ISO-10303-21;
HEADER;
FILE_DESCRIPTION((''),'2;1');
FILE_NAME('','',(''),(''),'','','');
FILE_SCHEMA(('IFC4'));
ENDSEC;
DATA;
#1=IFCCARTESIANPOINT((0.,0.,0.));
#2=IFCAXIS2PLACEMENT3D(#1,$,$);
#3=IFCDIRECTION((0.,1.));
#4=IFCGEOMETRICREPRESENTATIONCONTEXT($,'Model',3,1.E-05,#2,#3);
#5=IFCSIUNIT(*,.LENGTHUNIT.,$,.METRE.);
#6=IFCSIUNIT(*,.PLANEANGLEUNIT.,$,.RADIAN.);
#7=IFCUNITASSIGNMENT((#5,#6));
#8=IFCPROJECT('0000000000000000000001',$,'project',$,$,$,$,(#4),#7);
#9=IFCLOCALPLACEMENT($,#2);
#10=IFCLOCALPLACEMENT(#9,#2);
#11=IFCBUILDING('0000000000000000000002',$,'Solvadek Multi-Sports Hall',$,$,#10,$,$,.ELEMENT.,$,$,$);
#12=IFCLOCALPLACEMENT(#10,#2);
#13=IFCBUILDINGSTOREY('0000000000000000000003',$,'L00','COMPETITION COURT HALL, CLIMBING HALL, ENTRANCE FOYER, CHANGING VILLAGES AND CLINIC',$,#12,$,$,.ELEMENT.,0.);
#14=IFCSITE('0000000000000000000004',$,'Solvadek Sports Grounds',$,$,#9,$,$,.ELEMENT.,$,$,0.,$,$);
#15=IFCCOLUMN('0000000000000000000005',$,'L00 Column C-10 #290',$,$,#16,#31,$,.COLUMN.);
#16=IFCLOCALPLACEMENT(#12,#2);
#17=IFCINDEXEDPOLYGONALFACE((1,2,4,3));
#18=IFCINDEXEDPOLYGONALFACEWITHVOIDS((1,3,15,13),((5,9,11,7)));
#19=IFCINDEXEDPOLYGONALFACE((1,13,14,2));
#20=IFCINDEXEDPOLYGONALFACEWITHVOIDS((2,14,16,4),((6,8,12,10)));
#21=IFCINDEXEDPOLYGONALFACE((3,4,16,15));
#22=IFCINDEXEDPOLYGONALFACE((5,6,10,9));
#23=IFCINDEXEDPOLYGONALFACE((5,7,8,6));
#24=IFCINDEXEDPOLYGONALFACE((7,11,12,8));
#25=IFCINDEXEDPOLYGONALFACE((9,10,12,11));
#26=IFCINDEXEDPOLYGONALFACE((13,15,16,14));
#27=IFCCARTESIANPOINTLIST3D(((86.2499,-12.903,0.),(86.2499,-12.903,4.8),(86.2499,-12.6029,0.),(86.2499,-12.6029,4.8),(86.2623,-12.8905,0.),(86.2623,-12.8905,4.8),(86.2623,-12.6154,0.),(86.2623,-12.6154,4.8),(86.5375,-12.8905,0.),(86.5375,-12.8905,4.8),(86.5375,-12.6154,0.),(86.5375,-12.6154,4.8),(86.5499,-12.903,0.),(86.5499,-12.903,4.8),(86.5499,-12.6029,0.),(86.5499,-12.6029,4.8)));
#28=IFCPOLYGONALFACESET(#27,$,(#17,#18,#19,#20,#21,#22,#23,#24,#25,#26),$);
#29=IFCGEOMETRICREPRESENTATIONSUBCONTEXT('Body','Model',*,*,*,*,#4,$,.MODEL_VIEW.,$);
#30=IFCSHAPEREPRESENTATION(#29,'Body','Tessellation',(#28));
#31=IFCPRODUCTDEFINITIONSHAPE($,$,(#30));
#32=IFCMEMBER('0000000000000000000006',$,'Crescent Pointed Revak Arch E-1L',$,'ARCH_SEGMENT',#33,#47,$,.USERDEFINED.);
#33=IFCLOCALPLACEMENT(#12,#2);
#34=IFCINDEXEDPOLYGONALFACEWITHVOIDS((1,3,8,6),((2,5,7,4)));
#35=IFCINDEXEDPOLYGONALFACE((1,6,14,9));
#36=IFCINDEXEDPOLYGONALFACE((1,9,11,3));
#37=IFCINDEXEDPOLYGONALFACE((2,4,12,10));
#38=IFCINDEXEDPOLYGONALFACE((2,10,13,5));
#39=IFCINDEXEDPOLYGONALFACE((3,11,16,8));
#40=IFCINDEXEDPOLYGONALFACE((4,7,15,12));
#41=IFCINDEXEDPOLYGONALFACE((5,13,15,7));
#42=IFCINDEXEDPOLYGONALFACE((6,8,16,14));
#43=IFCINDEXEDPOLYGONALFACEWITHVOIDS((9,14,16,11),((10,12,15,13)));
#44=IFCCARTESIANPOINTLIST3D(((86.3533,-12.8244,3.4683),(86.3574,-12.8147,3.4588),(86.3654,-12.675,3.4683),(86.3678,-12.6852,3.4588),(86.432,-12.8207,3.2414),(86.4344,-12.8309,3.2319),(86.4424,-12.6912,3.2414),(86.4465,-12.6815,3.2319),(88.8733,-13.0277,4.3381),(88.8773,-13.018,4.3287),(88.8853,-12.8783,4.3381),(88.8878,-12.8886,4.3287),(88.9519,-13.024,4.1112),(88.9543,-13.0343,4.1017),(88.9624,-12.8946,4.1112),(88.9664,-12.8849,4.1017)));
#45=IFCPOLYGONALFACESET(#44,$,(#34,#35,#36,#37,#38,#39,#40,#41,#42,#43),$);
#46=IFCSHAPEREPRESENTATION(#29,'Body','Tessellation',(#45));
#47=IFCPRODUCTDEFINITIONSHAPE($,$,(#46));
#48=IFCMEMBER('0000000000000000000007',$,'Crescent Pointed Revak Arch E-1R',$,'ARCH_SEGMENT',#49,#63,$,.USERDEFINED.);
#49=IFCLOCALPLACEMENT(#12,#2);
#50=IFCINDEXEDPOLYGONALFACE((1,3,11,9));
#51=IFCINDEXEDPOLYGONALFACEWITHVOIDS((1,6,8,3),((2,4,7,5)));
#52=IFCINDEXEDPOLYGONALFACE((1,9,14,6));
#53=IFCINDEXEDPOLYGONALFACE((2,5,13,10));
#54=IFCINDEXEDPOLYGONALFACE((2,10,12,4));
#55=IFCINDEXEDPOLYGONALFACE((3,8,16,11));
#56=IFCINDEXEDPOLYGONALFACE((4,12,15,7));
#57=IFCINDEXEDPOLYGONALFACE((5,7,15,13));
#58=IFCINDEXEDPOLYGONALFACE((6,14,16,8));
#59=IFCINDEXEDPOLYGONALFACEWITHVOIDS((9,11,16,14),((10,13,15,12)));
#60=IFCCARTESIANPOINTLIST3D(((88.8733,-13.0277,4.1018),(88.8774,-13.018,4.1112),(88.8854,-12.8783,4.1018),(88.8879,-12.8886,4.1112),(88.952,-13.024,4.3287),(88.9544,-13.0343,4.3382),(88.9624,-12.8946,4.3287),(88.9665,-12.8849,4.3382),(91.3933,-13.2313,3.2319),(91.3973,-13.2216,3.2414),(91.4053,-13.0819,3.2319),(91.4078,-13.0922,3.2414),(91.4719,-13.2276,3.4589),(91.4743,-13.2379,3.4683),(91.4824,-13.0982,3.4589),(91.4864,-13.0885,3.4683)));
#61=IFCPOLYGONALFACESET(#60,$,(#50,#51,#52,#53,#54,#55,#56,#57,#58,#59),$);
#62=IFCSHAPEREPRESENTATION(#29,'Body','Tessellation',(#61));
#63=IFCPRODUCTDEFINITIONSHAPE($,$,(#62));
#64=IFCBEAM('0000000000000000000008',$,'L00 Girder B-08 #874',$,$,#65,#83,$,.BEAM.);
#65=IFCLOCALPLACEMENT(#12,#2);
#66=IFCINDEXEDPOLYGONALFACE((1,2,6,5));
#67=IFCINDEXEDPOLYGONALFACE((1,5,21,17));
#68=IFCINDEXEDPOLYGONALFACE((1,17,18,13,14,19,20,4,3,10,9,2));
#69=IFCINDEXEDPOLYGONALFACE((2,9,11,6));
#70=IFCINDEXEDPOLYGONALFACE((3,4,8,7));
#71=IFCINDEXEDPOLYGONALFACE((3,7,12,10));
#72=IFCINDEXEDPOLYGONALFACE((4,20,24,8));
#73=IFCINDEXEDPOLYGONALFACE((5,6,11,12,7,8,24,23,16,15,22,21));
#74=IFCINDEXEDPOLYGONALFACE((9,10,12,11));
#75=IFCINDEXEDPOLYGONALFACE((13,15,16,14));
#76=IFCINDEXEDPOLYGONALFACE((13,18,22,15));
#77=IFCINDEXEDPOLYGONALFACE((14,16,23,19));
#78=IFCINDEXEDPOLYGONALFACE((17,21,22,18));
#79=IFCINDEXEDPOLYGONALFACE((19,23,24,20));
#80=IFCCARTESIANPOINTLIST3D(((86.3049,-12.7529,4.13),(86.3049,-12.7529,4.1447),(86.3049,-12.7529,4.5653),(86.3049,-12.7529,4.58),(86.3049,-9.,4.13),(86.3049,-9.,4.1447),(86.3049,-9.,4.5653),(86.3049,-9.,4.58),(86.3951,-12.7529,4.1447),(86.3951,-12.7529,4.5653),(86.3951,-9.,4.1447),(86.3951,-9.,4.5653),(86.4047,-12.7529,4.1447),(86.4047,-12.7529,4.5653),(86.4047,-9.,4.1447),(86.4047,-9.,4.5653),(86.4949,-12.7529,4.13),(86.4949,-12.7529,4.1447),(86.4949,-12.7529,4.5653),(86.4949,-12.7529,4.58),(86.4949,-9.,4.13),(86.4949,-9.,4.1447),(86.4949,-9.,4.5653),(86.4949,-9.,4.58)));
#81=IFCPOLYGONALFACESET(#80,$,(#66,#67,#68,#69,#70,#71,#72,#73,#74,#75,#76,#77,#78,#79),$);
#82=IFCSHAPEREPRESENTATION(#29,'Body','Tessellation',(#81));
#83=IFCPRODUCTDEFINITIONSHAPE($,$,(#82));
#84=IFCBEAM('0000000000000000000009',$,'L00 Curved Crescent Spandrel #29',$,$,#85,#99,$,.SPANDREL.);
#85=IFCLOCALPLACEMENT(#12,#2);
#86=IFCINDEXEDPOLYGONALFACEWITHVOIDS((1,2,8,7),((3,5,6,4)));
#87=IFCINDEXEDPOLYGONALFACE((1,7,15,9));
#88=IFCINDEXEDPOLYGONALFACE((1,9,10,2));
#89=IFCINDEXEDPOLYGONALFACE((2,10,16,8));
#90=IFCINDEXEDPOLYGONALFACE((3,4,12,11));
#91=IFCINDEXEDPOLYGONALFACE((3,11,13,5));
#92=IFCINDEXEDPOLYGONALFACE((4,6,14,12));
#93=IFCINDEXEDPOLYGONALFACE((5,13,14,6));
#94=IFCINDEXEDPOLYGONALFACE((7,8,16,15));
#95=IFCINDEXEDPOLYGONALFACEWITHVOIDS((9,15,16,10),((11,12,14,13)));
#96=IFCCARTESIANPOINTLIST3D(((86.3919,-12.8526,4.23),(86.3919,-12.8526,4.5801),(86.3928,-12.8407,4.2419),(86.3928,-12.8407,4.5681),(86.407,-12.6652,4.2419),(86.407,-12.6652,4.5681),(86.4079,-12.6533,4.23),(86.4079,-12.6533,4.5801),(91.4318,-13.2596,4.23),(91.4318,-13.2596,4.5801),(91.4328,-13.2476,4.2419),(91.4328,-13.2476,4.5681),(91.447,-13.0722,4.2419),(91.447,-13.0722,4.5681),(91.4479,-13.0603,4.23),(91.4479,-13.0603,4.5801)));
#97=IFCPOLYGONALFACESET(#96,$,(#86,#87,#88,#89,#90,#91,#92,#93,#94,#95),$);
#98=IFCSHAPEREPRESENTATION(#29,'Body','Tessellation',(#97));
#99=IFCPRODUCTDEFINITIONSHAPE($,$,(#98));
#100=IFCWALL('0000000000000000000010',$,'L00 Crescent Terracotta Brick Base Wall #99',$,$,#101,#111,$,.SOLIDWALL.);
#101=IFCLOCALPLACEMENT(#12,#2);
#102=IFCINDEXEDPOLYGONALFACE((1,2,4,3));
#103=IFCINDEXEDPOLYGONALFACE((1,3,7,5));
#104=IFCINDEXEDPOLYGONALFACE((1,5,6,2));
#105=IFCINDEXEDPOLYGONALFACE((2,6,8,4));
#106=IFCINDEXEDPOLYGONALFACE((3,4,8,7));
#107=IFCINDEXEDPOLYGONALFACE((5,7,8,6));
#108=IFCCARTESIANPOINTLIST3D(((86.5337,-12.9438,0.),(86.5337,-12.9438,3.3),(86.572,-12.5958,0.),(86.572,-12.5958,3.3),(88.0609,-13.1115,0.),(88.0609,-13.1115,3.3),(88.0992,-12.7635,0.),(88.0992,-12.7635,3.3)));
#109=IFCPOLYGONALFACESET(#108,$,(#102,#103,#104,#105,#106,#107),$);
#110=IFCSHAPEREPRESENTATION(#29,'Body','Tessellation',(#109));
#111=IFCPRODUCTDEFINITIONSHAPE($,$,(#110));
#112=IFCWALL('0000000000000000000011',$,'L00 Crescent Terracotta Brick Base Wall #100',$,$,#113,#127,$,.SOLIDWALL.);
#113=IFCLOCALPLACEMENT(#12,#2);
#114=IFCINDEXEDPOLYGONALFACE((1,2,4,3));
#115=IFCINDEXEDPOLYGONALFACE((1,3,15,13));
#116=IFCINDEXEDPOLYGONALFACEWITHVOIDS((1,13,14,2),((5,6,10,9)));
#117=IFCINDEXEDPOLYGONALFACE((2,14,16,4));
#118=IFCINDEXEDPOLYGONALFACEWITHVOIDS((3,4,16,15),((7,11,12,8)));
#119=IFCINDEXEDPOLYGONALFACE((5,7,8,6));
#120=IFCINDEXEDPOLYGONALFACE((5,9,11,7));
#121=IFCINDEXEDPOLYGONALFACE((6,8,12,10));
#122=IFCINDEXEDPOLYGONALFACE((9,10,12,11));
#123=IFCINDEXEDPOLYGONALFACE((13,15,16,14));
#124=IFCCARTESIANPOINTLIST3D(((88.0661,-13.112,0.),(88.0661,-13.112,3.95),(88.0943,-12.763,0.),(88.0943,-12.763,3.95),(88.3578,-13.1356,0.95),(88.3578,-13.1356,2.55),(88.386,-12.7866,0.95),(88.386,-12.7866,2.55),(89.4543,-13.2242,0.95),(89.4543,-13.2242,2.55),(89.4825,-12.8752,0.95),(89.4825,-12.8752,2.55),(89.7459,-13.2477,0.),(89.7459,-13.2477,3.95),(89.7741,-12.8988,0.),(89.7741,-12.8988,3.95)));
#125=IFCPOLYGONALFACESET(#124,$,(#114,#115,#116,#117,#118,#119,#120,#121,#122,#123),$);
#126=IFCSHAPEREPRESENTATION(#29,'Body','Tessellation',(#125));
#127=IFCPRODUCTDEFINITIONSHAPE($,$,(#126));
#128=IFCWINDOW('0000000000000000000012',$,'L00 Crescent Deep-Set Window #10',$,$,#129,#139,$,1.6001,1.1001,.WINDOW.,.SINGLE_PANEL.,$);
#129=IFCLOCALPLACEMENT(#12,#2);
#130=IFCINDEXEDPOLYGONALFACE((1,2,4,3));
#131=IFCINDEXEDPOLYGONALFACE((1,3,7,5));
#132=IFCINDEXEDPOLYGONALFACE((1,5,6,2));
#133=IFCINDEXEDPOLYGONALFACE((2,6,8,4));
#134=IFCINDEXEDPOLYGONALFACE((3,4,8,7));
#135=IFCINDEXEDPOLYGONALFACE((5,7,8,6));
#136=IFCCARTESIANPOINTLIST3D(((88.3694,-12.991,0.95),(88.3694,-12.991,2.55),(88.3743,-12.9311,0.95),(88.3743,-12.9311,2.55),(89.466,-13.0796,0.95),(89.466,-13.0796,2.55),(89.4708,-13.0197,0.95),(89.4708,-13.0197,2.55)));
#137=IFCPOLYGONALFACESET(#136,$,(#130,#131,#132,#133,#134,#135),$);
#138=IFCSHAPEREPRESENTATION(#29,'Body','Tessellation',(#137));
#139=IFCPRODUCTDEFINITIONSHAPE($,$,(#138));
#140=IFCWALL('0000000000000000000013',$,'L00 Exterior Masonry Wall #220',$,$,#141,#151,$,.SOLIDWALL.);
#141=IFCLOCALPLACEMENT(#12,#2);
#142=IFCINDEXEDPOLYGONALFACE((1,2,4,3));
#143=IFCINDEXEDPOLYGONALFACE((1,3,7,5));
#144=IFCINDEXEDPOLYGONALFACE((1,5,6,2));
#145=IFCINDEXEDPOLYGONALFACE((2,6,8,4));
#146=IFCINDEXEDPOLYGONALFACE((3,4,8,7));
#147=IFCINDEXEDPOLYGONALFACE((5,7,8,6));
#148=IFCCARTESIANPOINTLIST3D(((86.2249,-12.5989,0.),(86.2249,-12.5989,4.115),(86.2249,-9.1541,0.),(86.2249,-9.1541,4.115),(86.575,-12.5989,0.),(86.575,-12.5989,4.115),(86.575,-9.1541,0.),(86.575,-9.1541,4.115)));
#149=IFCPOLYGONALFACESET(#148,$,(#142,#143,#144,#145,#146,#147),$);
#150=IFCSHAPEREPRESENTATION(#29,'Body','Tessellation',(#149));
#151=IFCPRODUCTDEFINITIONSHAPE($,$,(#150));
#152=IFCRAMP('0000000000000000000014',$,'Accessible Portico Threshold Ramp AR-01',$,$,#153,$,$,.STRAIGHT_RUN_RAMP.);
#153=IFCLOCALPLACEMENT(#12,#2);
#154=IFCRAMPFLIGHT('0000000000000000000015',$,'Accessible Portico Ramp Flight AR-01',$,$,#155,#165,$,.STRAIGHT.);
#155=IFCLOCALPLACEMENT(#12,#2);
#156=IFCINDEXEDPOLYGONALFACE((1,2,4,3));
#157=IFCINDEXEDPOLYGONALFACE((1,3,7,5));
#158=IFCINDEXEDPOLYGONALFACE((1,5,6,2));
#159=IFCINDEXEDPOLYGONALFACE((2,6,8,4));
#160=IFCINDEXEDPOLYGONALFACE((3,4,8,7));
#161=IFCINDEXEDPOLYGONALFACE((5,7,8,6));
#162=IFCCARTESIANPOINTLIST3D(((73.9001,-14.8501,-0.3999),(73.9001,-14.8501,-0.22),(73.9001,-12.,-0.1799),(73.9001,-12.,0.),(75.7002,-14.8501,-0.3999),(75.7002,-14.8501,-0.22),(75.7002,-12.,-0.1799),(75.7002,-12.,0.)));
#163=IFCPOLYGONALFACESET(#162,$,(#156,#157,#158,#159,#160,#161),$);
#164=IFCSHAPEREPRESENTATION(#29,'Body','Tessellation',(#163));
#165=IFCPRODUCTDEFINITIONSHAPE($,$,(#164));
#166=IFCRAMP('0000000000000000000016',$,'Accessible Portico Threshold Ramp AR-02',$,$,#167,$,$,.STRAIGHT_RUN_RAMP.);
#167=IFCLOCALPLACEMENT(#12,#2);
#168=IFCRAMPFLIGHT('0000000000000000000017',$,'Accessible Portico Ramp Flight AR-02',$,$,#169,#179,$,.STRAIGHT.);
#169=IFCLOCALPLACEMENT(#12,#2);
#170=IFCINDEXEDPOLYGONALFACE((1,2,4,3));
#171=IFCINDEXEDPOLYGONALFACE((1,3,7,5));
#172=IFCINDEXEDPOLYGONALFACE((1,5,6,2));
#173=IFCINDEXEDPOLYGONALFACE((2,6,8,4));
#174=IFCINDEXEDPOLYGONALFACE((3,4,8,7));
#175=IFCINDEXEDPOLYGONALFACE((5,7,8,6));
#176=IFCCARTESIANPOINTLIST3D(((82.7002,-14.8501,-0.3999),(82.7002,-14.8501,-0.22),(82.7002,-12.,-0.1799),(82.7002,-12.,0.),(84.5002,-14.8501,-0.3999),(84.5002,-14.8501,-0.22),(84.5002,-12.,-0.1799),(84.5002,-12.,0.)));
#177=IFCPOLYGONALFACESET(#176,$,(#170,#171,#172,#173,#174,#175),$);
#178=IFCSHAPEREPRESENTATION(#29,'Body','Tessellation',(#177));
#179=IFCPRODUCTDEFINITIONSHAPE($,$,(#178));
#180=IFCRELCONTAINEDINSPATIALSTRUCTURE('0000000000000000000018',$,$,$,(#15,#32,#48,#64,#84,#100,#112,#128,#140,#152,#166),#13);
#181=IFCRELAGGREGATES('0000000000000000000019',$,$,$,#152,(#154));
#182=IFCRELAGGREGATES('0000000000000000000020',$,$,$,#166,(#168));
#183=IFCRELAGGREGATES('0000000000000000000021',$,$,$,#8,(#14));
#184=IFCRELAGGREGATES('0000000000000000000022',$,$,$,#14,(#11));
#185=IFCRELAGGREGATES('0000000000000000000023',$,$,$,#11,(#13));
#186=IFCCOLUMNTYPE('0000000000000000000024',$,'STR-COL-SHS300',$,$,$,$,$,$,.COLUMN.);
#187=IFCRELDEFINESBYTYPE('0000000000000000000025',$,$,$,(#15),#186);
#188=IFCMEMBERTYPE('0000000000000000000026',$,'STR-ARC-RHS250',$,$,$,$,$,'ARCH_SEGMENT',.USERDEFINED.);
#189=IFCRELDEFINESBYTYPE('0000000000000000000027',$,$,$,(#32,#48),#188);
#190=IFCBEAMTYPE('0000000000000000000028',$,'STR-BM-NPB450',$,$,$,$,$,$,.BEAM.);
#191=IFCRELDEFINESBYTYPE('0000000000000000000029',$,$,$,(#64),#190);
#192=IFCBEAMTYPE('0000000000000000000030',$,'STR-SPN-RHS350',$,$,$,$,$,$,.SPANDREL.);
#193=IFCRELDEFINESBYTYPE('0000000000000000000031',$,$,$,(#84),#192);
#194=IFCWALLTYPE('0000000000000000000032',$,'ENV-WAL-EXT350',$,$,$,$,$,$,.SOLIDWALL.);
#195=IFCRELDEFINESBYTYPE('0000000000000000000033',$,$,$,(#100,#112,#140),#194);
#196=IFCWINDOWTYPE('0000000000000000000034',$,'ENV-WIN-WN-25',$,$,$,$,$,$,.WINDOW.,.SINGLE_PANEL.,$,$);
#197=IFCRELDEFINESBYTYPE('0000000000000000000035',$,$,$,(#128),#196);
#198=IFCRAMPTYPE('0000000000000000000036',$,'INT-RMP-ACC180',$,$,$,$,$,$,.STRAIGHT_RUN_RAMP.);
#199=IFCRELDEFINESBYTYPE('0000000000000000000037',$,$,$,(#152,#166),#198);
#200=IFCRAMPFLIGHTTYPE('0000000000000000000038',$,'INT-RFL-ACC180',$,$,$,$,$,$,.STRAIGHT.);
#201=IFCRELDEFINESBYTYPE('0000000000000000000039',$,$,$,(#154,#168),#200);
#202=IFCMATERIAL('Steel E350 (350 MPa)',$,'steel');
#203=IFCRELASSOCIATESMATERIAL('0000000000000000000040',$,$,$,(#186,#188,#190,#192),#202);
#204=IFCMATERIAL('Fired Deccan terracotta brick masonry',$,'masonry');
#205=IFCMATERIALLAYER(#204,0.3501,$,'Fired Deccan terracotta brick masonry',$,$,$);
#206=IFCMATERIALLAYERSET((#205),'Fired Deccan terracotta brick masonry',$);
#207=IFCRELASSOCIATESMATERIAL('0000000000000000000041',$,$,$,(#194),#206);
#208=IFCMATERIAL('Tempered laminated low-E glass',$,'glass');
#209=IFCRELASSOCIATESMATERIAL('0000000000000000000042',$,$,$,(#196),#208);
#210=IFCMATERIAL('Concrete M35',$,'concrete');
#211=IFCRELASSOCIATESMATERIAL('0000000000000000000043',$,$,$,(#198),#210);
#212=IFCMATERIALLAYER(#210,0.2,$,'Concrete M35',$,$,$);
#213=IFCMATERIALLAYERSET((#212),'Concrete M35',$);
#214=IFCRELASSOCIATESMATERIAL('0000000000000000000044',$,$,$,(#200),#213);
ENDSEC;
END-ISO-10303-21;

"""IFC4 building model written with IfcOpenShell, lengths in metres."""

from ifc_helpers import new_model, si_unit, direction, frame, frame_2d, origin, origin_2d, place, context, subcontext, project, spatial, polyline, rectangle, hollow_rectangle, i_section, outline, extrude, material, layer, layer_set, material_profile, profile_set, type_object, element, fill, aggregate, save


model = new_model("IFC4")

# Units and contexts
model_context = context("Model", 3, precision=1e-05, world=origin(), true_north=direction((0.0, 1.0)))
body_context = subcontext(model_context, "Body", "Model", "MODEL_VIEW")
ifc_project = project(units=[si_unit("LENGTHUNIT", "METRE"), si_unit("PLANEANGLEUNIT", "RADIAN")], contexts=[model_context])

# Site, building, storey
site_placement = place(None, origin())
site = spatial("IfcSite", under=ifc_project, at=site_placement, Name="Solvadek Sports Grounds", CompositionType="ELEMENT", RefElevation=0.0)
building_placement = place(site_placement, origin())
building = spatial("IfcBuilding", under=site, at=building_placement, Name="Solvadek Multi-Sports Hall", CompositionType="ELEMENT")
storey_placement = place(building_placement, origin())
storey = spatial("IfcBuildingStorey", under=building, at=storey_placement, Name="L00", Description="COMPETITION COURT HALL, CLIMBING HALL, ENTRANCE FOYER, CHANGING VILLAGES AND CLINIC", CompositionType="ELEMENT", Elevation=0.0)

# Column
ifc_material_1 = material(Name="Steel E350 (350 MPa)", Category="steel")
ifc_material_profile_1 = material_profile(ifc_material_1, hollow_rectangle(XDim=0.3, YDim=0.3, WallThickness=0.0125, at=origin_2d()), Name="SHS 300x300x12.5")
ifc_profile_set_1 = profile_set([ifc_material_profile_1], Name="Steel E350 (350 MPa)")
column_type = type_object("IfcColumnType", Name="STR-COL-SHS300", PredefinedType="COLUMN", material=ifc_profile_set_1)
column_placement = place(storey_placement, frame((86.3999, -12.7529, 0.0), z_axis=(0.0, 0.0, 1.0), x_axis=(1.0, 0.0, 0.0)))
element("IfcColumn", 1, at=column_placement, inside=storey, type_object=column_type, Name="L00 Column C-10 #290", PredefinedType="COLUMN", context=body_context, shape_type="SweptSolid", body=[
    extrude(hollow_rectangle(XDim=0.3, YDim=0.3, WallThickness=0.0125, at=origin_2d()), origin(), (0.0, 0.0, 1.0), 4.8),
])

# Members
ifc_material_profile_2 = material_profile(ifc_material_1, hollow_rectangle(XDim=0.1499, YDim=0.25, WallThickness=0.01, at=origin_2d()), Name="RHS 250x150x10")
ifc_profile_set_2 = profile_set([ifc_material_profile_2], Name="Steel E350 (350 MPa)")
member_type = type_object("IfcMemberType", Name="STR-ARC-RHS250", ElementType="ARCH_SEGMENT", PredefinedType="USERDEFINED", material=ifc_profile_set_2)
for number, where, z_axis, x_axis, name in (
    (2, (86.3999, -12.7529, 3.3501), (0.94253, -0.076064, 0.325347), (0.08044, 0.996759, 0.0), "Crescent Pointed Revak Arch E-1L"),
    (3, (88.9199, -12.9563, 4.22), (0.942524, -0.076154, -0.325345), (0.080536, 0.996752, 0.0), "Crescent Pointed Revak Arch E-1R"),
):
    element("IfcMember", number, at=place(storey_placement, frame(where, z_axis=z_axis, x_axis=x_axis)), inside=storey, type_object=member_type, Name=name, ObjectType="ARCH_SEGMENT", PredefinedType="USERDEFINED", context=body_context, shape_type="SweptSolid", body=[
        extrude(hollow_rectangle(XDim=0.1499, YDim=0.25, WallThickness=0.01, at=origin_2d()), origin(), (0.0, 0.0, 1.0), 2.6736),
    ])

# Beams
ifc_material_profile_3 = material_profile(ifc_material_1, i_section(OverallWidth=0.1899, OverallDepth=0.45, WebThickness=0.0095, FlangeThickness=0.0146, at=origin_2d()), Name="NPB 450")
ifc_profile_set_3 = profile_set([ifc_material_profile_3], Name="Steel E350 (350 MPa)")
beam_type_1 = type_object("IfcBeamType", Name="STR-BM-NPB450", PredefinedType="BEAM", material=ifc_profile_set_3)
beam_1_placement = place(storey_placement, frame((86.3999, -12.7529, 4.355), z_axis=(0.0, 1.0, 0.0), x_axis=(-1.0, 0.0, 0.0)))
element("IfcBeam", 4, at=beam_1_placement, inside=storey, type_object=beam_type_1, Name="L00 Girder B-08 #874", PredefinedType="BEAM", context=body_context, shape_type="SweptSolid", body=[
    extrude(i_section(OverallWidth=0.1899, OverallDepth=0.45, WebThickness=0.0095, FlangeThickness=0.0146, at=origin_2d()), origin(), (0.0, 0.0, 1.0), 3.7529),
])
ifc_material_profile_4 = material_profile(ifc_material_1, hollow_rectangle(XDim=0.2, YDim=0.3501, WallThickness=0.012, at=origin_2d()), Name="RHS 350x200x12")
ifc_profile_set_4 = profile_set([ifc_material_profile_4], Name="Steel E350 (350 MPa)")
beam_type_2 = type_object("IfcBeamType", Name="STR-SPN-RHS350", PredefinedType="SPANDREL", material=ifc_profile_set_4)
beam_2_placement = place(storey_placement, frame((86.3999, -12.7529, 4.405), z_axis=(0.996756, -0.080488, 0.0), x_axis=(0.080488, 0.996756, 0.0)))
element("IfcBeam", 5, at=beam_2_placement, inside=storey, type_object=beam_type_2, Name="L00 Curved Crescent Spandrel #29", PredefinedType="SPANDREL", context=body_context, shape_type="SweptSolid", body=[
    extrude(hollow_rectangle(XDim=0.2, YDim=0.3501, WallThickness=0.012, at=origin_2d()), origin(), (0.0, 0.0, 1.0), 5.0564),
])

# Wall
ifc_material_2 = material(Name="Fired Deccan terracotta brick masonry", Category="masonry")
ifc_layer_1 = layer(ifc_material_2, 0.3501, Name="Fired Deccan terracotta brick masonry")
ifc_layer_set_1 = layer_set([ifc_layer_1], Name="Fired Deccan terracotta brick masonry")
wall_type = type_object("IfcWallType", Name="ENV-WAL-EXT350", PredefinedType="SOLIDWALL", material=ifc_layer_set_1)
wall_1_placement = place(storey_placement, frame((86.553, -12.7698, 0.0), z_axis=(0.0, 0.0, 1.0), x_axis=(0.994022, -0.109176, 0.0)))
element("IfcWall", 6, at=wall_1_placement, inside=storey, type_object=wall_type, Name="L00 Crescent Terracotta Brick Base Wall #99", PredefinedType="SOLIDWALL", context=body_context, shape_type="SweptSolid", body=[
    extrude(rectangle(XDim=1.5364, YDim=0.3501, at=frame_2d((0.7681, 0.0))), origin(), (0.0, 0.0, 1.0), 3.3),
])

# Wall, opening, window
wall_2_placement = place(storey_placement, frame((88.0801, -12.9375, 0.0), z_axis=(0.0, 0.0, 1.0), x_axis=(0.996751, -0.08054, 0.0)))
wall_2 = element("IfcWall", 7, at=wall_2_placement, inside=storey, type_object=wall_type, Name="L00 Crescent Terracotta Brick Base Wall #100", PredefinedType="SOLIDWALL", context=body_context, shape_type="SweptSolid", body=[
    extrude(rectangle(XDim=1.6853, YDim=0.3501, at=frame_2d((0.8428, 0.0))), origin(), (0.0, 0.0, 1.0), 3.95),
])
opening_placement = place(wall_2_placement, frame((0.2927, 0.0, 0.95)))
opening = element("IfcOpeningElement", 8, at=opening_placement, cuts=wall_2, PredefinedType="OPENING", context=body_context, shape_type="SweptSolid", body=[
    extrude(rectangle(XDim=1.1001, YDim=1.6001, at=frame_2d((0.55, 0.8))), frame((0.0, 0.1851, 0.0), z_axis=(0.0, -1.0, 0.0), x_axis=(1.0, 0.0, 0.0)), (0.0, 0.0, 1.0), 0.3701),
])
ifc_material_3 = material(Name="Tempered laminated low-E glass", Category="glass")
window_type = type_object("IfcWindowType", Name="ENV-WIN-WN-25", PartitioningType="SINGLE_PANEL", PredefinedType="WINDOW", material=ifc_material_3)
window_placement = place(opening_placement, origin())
window = element("IfcWindow", 9, at=window_placement, inside=storey, type_object=window_type, Name="L00 Crescent Deep-Set Window #10", OverallHeight=1.6001, OverallWidth=1.1001, PartitioningType="SINGLE_PANEL", PredefinedType="WINDOW", context=body_context, shape_type="SweptSolid", body=[
    extrude(rectangle(XDim=1.1001, YDim=1.6001, at=frame_2d((0.55, 0.8))), frame((0.0, 0.03, 0.0), z_axis=(0.0, -1.0, 0.0), x_axis=(1.0, 0.0, 0.0)), (0.0, 0.0, 1.0), 0.0601),
])
fill(opening, window)

# Wall
wall_3_placement = place(storey_placement, frame((86.3999, -12.5989, 0.0), z_axis=(0.0, 0.0, 1.0), x_axis=(0.0, 1.0, 0.0)))
element("IfcWall", 10, at=wall_3_placement, inside=storey, type_object=wall_type, Name="L00 Exterior Masonry Wall #220", PredefinedType="SOLIDWALL", context=body_context, shape_type="SweptSolid", body=[
    extrude(rectangle(XDim=3.4448, YDim=0.3501, at=frame_2d((1.7224, 0.0))), origin(), (0.0, 0.0, 1.0), 4.115),
])

# Ramps, ramp flights
ifc_material_4 = material(Name="Concrete M35", Category="concrete")
ramp_type = type_object("IfcRampType", Name="INT-RMP-ACC180", PredefinedType="STRAIGHT_RUN_RAMP", material=ifc_material_4)
ramp_1_placement = place(storey_placement, origin())
ramp_1 = element("IfcRamp", 11, at=ramp_1_placement, inside=storey, type_object=ramp_type, Name="Accessible Portico Threshold Ramp AR-01", PredefinedType="STRAIGHT_RUN_RAMP")
ifc_layer_2 = layer(ifc_material_4, 0.2, Name="Concrete M35")
ifc_layer_set_2 = layer_set([ifc_layer_2], Name="Concrete M35")
ramp_flight_type = type_object("IfcRampFlightType", Name="INT-RFL-ACC180", PredefinedType="STRAIGHT", material=ifc_layer_set_2)
ramp_flight_1_placement = place(storey_placement, frame((74.8, -14.8501, -0.22), z_axis=(0.0, 0.0, 1.0), x_axis=(0.0, 1.0, 0.0)))
ramp_flight_1 = element("IfcRampFlight", 12, at=ramp_flight_1_placement, type_object=ramp_flight_type, Name="Accessible Portico Ramp Flight AR-01", PredefinedType="STRAIGHT", context=body_context, shape_type="SweptSolid", body=[
    extrude(outline(polyline([(0.0, 0.0), (2.8501, 0.22), (2.8501, 0.04), (0.0, -0.1799), (0.0, 0.0)])), frame((0.0, 0.8999, 0.0), z_axis=(0.0, -1.0, 0.0), x_axis=(1.0, 0.0, 0.0)), (0.0, 0.0, 1.0), 1.8),
])
aggregate(ramp_1, [ramp_flight_1])
ramp_2_placement = place(storey_placement, origin())
ramp_2 = element("IfcRamp", 13, at=ramp_2_placement, inside=storey, type_object=ramp_type, Name="Accessible Portico Threshold Ramp AR-02", PredefinedType="STRAIGHT_RUN_RAMP")
ramp_flight_2_placement = place(storey_placement, frame((83.6001, -14.8501, -0.22), z_axis=(0.0, 0.0, 1.0), x_axis=(0.0, 1.0, 0.0)))
ramp_flight_2 = element("IfcRampFlight", 14, at=ramp_flight_2_placement, type_object=ramp_flight_type, Name="Accessible Portico Ramp Flight AR-02", PredefinedType="STRAIGHT", context=body_context, shape_type="SweptSolid", body=[
    extrude(outline(polyline([(0.0, 0.0), (2.8501, 0.22), (2.8501, 0.04), (0.0, -0.1799), (0.0, 0.0)])), frame((0.0, 0.8999, 0.0), z_axis=(0.0, -1.0, 0.0), x_axis=(1.0, 0.0, 0.0)), (0.0, 0.0, 1.0), 1.8),
])
aggregate(ramp_2, [ramp_flight_2])

save(model, "model.ifc")
